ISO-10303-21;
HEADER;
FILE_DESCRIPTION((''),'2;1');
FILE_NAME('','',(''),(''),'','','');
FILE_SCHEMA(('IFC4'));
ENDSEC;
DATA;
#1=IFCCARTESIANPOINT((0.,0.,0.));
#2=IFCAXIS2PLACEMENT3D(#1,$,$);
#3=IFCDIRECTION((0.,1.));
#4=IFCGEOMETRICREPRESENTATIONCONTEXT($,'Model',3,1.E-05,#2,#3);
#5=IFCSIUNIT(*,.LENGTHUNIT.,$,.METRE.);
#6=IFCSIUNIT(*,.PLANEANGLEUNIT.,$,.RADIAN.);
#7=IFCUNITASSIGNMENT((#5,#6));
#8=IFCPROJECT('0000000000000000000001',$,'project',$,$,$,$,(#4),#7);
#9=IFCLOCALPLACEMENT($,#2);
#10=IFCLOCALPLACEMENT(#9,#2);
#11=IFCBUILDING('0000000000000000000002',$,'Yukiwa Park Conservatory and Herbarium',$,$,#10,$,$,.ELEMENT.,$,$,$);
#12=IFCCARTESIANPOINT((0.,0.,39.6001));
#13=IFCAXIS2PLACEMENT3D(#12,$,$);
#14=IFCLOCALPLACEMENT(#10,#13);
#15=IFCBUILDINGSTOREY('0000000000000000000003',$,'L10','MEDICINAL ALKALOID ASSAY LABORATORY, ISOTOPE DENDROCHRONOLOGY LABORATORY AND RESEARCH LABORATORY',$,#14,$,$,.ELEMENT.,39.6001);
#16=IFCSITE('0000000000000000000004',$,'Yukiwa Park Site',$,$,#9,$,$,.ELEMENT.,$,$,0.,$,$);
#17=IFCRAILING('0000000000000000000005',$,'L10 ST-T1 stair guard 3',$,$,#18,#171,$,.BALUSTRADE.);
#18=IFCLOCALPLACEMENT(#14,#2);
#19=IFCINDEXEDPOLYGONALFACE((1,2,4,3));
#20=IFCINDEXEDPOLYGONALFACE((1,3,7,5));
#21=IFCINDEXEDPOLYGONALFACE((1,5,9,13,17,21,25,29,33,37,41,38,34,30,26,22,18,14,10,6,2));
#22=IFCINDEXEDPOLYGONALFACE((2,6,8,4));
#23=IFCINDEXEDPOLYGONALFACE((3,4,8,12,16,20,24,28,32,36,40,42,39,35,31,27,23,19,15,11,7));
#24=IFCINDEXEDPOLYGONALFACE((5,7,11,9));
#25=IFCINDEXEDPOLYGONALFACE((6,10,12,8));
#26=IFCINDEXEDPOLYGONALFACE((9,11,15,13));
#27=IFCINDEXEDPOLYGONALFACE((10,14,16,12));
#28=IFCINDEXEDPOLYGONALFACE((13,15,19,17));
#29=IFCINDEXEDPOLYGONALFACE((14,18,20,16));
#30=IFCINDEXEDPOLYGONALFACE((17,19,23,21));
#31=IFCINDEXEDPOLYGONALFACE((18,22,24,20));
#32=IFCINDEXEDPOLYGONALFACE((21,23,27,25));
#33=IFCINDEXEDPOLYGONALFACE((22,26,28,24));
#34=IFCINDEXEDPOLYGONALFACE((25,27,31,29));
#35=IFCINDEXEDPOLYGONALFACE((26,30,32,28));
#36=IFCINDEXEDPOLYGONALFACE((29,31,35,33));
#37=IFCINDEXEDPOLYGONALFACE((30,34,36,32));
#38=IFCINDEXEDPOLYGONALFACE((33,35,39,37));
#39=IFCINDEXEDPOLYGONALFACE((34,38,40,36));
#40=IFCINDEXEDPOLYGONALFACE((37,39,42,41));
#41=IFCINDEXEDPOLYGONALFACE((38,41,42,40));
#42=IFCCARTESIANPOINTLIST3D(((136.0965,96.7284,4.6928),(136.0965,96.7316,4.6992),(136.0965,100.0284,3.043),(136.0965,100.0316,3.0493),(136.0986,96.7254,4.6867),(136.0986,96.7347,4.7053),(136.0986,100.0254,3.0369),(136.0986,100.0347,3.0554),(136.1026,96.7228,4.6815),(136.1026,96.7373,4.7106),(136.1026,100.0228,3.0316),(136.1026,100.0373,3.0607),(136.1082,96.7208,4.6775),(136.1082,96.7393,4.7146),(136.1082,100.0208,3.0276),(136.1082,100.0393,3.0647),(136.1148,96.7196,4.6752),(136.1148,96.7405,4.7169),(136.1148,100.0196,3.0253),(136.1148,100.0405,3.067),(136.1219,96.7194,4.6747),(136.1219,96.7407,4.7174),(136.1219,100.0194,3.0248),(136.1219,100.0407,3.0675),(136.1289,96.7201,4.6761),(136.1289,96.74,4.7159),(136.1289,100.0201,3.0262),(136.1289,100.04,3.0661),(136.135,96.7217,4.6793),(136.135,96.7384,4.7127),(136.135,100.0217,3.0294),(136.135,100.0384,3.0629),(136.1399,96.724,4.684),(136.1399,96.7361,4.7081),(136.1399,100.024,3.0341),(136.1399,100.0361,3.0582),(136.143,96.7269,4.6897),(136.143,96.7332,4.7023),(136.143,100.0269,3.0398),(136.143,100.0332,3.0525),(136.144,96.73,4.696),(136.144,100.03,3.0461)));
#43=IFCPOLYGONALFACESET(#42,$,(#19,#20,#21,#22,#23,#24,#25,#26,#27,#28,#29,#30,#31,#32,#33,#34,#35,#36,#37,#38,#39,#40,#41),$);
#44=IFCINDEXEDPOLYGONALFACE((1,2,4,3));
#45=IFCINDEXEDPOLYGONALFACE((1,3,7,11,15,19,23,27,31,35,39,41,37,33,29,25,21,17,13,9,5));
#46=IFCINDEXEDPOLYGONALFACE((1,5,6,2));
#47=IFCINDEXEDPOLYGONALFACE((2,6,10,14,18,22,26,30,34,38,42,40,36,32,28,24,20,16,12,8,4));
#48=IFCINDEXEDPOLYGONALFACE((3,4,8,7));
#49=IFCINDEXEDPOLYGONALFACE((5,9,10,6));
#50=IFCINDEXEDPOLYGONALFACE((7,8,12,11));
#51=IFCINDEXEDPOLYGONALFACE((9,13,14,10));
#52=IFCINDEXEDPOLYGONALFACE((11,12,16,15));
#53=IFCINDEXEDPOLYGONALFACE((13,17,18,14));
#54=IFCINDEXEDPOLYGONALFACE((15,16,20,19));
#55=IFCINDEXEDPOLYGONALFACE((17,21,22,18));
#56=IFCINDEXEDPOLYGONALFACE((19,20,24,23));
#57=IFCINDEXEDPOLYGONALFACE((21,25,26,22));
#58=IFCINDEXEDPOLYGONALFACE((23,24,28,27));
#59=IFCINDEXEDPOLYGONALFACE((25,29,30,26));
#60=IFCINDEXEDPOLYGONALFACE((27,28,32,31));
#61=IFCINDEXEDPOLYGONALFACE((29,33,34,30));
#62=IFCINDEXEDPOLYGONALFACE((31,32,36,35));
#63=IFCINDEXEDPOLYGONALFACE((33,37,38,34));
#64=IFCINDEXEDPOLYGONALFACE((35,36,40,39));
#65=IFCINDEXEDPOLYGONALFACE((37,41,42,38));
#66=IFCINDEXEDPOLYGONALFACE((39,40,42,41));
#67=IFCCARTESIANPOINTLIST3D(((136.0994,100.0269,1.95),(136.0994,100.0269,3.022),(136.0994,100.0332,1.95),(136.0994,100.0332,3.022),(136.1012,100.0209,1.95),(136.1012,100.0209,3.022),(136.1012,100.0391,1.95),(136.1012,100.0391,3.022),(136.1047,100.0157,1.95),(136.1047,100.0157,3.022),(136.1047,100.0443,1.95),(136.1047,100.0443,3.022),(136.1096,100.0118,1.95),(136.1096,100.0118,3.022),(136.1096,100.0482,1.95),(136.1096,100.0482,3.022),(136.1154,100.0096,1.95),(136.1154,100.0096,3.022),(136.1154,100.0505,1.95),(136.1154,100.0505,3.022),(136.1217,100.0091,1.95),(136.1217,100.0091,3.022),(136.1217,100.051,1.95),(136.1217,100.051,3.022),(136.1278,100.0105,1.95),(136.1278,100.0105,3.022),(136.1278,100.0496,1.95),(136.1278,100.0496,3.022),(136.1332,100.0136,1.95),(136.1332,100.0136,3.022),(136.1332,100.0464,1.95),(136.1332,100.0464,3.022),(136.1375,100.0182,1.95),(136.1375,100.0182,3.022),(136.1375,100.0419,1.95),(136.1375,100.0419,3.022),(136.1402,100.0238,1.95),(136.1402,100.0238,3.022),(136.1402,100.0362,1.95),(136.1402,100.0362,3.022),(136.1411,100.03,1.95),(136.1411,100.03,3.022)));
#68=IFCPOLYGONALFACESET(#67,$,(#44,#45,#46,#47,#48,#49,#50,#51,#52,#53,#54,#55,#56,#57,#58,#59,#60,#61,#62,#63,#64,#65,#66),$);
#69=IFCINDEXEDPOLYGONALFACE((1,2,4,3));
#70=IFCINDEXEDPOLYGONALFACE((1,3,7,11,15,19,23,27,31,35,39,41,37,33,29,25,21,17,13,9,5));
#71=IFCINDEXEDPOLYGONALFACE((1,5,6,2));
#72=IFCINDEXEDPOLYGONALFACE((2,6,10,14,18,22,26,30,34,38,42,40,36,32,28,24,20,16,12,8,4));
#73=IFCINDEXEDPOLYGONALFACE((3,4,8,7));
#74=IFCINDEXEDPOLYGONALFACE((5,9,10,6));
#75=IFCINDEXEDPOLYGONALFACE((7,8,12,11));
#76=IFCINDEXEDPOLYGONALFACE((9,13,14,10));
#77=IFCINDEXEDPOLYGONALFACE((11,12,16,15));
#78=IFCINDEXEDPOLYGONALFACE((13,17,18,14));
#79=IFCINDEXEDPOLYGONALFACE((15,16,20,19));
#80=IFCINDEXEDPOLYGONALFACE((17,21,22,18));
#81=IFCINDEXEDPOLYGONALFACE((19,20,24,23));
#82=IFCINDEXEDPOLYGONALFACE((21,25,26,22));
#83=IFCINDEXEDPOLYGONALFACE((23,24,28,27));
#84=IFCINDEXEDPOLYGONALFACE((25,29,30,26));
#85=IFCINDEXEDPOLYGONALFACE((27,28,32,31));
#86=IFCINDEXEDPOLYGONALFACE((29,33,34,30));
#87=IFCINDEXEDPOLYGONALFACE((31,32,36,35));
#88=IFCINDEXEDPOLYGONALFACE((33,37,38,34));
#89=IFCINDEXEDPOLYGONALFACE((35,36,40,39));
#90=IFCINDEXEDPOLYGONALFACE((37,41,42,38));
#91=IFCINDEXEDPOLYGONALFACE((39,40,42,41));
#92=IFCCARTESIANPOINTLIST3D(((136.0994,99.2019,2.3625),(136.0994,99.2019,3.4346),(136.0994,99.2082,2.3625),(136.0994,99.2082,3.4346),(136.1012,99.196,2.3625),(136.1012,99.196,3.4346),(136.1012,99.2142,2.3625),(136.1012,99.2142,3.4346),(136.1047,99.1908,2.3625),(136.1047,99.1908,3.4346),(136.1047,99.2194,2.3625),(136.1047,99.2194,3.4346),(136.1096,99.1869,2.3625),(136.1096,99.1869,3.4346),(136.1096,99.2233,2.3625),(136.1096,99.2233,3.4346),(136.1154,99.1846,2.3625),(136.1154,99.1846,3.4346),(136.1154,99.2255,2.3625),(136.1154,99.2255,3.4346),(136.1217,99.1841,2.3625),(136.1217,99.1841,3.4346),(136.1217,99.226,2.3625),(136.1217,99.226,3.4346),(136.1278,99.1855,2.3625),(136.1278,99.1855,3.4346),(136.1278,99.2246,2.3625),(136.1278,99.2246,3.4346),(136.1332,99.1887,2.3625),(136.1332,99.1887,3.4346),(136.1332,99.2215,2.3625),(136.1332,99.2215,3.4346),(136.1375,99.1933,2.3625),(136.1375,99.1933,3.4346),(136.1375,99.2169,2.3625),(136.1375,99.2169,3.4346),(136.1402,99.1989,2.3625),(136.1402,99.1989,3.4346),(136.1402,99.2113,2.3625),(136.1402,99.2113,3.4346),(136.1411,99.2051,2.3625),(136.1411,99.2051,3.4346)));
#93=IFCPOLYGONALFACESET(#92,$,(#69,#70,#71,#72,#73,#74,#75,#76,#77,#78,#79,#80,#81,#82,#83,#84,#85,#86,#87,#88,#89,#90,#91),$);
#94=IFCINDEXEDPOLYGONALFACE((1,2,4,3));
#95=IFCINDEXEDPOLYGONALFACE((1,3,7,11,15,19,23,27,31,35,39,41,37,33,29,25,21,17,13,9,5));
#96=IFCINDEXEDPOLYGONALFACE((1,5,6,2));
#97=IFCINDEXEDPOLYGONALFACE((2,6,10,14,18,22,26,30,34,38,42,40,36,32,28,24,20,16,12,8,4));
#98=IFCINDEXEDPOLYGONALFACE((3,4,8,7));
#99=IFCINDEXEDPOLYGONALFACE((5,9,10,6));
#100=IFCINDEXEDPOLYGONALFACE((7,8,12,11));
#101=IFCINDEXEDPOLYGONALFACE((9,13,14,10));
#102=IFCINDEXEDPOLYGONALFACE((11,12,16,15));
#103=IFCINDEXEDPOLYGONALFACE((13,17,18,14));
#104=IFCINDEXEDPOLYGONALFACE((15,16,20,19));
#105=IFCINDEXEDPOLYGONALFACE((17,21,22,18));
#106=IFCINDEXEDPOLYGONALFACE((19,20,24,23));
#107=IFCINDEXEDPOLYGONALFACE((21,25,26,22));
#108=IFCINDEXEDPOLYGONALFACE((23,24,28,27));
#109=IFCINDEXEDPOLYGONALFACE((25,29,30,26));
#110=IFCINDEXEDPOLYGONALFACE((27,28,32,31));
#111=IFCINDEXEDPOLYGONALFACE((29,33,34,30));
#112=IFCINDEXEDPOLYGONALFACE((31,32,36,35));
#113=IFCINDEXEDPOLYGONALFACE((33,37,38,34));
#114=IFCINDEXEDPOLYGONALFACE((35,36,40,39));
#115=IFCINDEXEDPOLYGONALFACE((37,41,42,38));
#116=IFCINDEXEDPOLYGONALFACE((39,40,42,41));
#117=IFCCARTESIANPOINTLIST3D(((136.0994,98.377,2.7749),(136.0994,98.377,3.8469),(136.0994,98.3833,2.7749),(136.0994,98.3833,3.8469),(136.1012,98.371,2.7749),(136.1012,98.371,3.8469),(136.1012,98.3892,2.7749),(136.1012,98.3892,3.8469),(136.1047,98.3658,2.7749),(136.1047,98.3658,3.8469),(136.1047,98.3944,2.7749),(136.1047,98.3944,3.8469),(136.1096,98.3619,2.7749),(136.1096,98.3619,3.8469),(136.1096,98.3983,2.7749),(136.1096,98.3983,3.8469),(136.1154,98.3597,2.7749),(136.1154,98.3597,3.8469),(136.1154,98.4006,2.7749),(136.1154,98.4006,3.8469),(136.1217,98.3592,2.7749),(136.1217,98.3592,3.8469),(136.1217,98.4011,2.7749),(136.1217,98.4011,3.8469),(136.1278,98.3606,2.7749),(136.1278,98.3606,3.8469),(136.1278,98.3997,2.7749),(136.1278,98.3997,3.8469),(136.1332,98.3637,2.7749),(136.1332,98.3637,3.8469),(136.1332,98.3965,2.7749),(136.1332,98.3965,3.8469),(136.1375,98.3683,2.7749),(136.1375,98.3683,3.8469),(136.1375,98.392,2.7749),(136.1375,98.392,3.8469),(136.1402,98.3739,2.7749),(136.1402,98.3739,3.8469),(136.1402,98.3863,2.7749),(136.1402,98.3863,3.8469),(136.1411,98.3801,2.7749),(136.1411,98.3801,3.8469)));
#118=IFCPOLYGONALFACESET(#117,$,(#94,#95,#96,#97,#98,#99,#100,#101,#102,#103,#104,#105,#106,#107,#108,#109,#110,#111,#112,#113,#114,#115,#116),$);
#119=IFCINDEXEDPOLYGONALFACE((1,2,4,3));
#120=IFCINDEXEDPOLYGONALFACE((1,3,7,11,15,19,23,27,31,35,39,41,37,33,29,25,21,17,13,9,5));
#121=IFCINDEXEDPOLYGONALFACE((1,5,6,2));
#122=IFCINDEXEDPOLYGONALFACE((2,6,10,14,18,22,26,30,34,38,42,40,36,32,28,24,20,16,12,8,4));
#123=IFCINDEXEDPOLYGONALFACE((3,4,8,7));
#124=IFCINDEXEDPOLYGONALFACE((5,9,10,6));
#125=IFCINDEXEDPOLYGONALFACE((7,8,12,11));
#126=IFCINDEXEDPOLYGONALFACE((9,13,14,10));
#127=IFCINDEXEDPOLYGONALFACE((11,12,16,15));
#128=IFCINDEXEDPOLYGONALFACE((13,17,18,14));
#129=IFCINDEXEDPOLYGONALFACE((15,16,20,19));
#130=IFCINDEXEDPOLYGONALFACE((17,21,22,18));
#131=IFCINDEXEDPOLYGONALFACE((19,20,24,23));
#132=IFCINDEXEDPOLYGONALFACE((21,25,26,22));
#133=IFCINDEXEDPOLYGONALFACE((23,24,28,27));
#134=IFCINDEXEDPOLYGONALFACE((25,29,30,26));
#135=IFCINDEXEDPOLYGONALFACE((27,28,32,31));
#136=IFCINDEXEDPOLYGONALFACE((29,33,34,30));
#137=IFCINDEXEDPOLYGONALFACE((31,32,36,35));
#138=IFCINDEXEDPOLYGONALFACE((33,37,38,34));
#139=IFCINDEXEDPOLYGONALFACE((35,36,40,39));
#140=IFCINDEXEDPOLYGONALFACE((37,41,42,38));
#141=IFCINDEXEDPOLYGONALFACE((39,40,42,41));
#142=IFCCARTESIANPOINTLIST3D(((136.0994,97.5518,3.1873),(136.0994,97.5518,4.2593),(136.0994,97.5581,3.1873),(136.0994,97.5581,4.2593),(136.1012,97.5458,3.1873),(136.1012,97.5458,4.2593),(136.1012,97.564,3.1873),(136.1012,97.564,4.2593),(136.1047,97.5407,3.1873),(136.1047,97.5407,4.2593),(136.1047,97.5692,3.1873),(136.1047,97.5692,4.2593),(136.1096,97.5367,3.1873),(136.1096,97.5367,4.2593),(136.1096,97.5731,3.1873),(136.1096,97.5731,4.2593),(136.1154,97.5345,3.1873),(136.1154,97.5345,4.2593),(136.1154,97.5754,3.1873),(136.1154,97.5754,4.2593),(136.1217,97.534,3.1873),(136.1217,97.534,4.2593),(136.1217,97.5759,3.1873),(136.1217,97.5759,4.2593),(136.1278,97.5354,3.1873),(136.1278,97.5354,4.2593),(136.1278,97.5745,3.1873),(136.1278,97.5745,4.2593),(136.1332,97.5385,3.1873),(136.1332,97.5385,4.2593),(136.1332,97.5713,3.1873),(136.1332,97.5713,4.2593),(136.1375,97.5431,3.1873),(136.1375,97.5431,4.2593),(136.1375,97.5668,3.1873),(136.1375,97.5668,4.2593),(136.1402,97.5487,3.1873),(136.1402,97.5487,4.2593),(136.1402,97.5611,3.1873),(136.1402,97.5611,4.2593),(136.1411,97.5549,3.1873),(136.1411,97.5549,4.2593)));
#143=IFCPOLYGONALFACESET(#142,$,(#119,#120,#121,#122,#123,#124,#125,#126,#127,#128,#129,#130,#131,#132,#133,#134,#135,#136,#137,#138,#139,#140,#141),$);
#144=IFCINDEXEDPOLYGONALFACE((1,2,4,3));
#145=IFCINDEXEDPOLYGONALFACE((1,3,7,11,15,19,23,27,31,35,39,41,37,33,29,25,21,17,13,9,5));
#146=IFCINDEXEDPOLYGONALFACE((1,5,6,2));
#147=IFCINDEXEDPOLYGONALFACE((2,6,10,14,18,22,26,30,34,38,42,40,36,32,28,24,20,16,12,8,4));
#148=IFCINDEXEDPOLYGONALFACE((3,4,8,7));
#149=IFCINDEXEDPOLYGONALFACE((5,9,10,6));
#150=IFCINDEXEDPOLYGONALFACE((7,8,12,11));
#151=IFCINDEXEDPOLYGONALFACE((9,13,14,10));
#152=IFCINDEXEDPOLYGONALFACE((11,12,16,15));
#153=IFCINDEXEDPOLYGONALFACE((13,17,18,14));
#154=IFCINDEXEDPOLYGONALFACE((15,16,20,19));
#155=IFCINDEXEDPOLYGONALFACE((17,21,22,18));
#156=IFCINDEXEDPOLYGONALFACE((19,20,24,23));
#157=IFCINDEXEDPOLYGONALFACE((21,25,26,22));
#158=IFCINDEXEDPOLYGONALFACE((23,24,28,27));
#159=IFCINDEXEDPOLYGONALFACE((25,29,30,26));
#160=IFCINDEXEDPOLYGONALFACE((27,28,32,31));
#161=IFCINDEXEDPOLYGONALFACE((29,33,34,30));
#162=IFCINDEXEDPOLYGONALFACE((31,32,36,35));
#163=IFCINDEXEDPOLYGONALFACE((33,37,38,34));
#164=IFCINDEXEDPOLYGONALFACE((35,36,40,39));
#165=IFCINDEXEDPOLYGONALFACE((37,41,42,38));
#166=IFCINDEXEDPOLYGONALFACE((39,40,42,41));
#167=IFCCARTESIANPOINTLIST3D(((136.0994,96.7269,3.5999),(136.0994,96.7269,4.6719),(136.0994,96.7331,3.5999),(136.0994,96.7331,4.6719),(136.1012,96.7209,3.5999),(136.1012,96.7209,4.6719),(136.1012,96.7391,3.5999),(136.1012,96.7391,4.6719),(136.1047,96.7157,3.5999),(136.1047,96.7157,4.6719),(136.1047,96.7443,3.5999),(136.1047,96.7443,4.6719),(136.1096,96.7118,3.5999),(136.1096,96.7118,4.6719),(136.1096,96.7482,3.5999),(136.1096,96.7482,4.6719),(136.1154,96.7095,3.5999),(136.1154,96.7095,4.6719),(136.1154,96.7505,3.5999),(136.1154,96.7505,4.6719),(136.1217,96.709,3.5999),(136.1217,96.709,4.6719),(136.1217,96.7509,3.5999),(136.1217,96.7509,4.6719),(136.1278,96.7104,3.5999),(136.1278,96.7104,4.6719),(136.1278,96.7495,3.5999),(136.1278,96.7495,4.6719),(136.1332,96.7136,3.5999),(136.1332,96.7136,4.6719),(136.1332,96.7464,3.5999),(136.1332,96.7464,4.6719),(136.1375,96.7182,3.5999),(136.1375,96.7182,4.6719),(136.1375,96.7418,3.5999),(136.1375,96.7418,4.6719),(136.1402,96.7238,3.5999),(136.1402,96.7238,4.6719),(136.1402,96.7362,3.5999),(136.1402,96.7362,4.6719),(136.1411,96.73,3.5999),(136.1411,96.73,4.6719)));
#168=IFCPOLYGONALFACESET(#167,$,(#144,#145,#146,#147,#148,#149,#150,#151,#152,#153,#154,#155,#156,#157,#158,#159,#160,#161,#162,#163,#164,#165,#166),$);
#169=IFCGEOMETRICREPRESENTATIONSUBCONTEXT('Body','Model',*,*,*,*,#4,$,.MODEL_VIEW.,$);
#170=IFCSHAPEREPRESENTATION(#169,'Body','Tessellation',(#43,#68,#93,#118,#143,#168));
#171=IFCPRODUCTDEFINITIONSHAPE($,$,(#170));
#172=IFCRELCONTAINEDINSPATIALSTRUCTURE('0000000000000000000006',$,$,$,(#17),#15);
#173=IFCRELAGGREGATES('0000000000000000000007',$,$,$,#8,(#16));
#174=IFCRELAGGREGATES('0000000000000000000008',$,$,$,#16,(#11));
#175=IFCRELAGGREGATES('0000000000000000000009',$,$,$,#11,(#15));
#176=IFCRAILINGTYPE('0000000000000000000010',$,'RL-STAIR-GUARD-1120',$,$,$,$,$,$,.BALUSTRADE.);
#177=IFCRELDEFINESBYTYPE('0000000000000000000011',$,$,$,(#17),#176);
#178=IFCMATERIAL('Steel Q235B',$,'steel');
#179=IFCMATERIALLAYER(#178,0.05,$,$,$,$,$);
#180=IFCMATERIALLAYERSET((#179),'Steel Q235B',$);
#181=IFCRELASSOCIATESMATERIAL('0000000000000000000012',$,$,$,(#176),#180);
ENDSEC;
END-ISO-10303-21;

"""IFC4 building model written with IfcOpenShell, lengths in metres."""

from ifc_helpers import new_model, si_unit, direction, frame, origin, origin_2d, place, context, subcontext, project, spatial, circle, extrude, material, layer, layer_set, type_object, element, save


model = new_model("IFC4")

# Units and contexts
model_context = context("Model", 3, precision=1e-05, world=origin(), true_north=direction((0.0, 1.0)))
body_context = subcontext(model_context, "Body", "Model", "MODEL_VIEW")
ifc_project = project(units=[si_unit("LENGTHUNIT", "METRE"), si_unit("PLANEANGLEUNIT", "RADIAN")], contexts=[model_context])

# Site, building, storey
site_placement = place(None, origin())
site = spatial("IfcSite", under=ifc_project, at=site_placement, Name="Yukiwa Park Site", CompositionType="ELEMENT", RefElevation=0.0)
building_placement = place(site_placement, origin())
building = spatial("IfcBuilding", under=site, at=building_placement, Name="Yukiwa Park Conservatory and Herbarium", CompositionType="ELEMENT")
storey_placement = place(building_placement, frame((0.0, 0.0, 39.6001)))
storey = spatial("IfcBuildingStorey", under=building, at=storey_placement, Name="L10", Description="MEDICINAL ALKALOID ASSAY LABORATORY, ISOTOPE DENDROCHRONOLOGY LABORATORY AND RESEARCH LABORATORY", CompositionType="ELEMENT", Elevation=39.6001)

# Railing
ifc_material_1 = material(Name="Steel Q235B", Category="steel")
ifc_layer_1 = layer(ifc_material_1, 0.05)
ifc_layer_set_1 = layer_set([ifc_layer_1], Name="Steel Q235B")
railing_type_1 = type_object("IfcRailingType", Name="RL-STAIR-GUARD-1120", PredefinedType="BALUSTRADE", material=ifc_layer_set_1)
railing_1_placement = place(storey_placement, frame((136.1201, 100.03, 1.95)))
element("IfcRailing", 1, at=railing_1_placement, inside=storey, type_object=railing_type_1, Name="L10 ST-T1 stair guard 3", PredefinedType="BALUSTRADE", context=body_context, shape_type="SweptSolid", body=[
    extrude(circle(Radius=0.0239, at=origin_2d()), frame((0.0, 0.0, 1.0962), z_axis=(0.0, -0.89444, 0.447187), x_axis=(1.0, 0.0, 0.0)), (0.0, 0.0, 1.0), 3.6895),
    extrude(circle(Radius=0.021, at=origin_2d()), origin(), (0.0, 0.0, 1.0), 1.072),
    extrude(circle(Radius=0.021, at=origin_2d()), frame((0.0, -0.825, 0.4126)), (0.0, 0.0, 1.0), 1.072),
    extrude(circle(Radius=0.021, at=origin_2d()), frame((0.0, -1.6499, 0.825)), (0.0, 0.0, 1.0), 1.072),
    extrude(circle(Radius=0.021, at=origin_2d()), frame((0.0, -2.4751, 1.2373)), (0.0, 0.0, 1.0), 1.072),
    extrude(circle(Radius=0.021, at=origin_2d()), frame((0.0, -3.3, 1.6499)), (0.0, 0.0, 1.0), 1.072),
])

save(model, "model.ifc")
